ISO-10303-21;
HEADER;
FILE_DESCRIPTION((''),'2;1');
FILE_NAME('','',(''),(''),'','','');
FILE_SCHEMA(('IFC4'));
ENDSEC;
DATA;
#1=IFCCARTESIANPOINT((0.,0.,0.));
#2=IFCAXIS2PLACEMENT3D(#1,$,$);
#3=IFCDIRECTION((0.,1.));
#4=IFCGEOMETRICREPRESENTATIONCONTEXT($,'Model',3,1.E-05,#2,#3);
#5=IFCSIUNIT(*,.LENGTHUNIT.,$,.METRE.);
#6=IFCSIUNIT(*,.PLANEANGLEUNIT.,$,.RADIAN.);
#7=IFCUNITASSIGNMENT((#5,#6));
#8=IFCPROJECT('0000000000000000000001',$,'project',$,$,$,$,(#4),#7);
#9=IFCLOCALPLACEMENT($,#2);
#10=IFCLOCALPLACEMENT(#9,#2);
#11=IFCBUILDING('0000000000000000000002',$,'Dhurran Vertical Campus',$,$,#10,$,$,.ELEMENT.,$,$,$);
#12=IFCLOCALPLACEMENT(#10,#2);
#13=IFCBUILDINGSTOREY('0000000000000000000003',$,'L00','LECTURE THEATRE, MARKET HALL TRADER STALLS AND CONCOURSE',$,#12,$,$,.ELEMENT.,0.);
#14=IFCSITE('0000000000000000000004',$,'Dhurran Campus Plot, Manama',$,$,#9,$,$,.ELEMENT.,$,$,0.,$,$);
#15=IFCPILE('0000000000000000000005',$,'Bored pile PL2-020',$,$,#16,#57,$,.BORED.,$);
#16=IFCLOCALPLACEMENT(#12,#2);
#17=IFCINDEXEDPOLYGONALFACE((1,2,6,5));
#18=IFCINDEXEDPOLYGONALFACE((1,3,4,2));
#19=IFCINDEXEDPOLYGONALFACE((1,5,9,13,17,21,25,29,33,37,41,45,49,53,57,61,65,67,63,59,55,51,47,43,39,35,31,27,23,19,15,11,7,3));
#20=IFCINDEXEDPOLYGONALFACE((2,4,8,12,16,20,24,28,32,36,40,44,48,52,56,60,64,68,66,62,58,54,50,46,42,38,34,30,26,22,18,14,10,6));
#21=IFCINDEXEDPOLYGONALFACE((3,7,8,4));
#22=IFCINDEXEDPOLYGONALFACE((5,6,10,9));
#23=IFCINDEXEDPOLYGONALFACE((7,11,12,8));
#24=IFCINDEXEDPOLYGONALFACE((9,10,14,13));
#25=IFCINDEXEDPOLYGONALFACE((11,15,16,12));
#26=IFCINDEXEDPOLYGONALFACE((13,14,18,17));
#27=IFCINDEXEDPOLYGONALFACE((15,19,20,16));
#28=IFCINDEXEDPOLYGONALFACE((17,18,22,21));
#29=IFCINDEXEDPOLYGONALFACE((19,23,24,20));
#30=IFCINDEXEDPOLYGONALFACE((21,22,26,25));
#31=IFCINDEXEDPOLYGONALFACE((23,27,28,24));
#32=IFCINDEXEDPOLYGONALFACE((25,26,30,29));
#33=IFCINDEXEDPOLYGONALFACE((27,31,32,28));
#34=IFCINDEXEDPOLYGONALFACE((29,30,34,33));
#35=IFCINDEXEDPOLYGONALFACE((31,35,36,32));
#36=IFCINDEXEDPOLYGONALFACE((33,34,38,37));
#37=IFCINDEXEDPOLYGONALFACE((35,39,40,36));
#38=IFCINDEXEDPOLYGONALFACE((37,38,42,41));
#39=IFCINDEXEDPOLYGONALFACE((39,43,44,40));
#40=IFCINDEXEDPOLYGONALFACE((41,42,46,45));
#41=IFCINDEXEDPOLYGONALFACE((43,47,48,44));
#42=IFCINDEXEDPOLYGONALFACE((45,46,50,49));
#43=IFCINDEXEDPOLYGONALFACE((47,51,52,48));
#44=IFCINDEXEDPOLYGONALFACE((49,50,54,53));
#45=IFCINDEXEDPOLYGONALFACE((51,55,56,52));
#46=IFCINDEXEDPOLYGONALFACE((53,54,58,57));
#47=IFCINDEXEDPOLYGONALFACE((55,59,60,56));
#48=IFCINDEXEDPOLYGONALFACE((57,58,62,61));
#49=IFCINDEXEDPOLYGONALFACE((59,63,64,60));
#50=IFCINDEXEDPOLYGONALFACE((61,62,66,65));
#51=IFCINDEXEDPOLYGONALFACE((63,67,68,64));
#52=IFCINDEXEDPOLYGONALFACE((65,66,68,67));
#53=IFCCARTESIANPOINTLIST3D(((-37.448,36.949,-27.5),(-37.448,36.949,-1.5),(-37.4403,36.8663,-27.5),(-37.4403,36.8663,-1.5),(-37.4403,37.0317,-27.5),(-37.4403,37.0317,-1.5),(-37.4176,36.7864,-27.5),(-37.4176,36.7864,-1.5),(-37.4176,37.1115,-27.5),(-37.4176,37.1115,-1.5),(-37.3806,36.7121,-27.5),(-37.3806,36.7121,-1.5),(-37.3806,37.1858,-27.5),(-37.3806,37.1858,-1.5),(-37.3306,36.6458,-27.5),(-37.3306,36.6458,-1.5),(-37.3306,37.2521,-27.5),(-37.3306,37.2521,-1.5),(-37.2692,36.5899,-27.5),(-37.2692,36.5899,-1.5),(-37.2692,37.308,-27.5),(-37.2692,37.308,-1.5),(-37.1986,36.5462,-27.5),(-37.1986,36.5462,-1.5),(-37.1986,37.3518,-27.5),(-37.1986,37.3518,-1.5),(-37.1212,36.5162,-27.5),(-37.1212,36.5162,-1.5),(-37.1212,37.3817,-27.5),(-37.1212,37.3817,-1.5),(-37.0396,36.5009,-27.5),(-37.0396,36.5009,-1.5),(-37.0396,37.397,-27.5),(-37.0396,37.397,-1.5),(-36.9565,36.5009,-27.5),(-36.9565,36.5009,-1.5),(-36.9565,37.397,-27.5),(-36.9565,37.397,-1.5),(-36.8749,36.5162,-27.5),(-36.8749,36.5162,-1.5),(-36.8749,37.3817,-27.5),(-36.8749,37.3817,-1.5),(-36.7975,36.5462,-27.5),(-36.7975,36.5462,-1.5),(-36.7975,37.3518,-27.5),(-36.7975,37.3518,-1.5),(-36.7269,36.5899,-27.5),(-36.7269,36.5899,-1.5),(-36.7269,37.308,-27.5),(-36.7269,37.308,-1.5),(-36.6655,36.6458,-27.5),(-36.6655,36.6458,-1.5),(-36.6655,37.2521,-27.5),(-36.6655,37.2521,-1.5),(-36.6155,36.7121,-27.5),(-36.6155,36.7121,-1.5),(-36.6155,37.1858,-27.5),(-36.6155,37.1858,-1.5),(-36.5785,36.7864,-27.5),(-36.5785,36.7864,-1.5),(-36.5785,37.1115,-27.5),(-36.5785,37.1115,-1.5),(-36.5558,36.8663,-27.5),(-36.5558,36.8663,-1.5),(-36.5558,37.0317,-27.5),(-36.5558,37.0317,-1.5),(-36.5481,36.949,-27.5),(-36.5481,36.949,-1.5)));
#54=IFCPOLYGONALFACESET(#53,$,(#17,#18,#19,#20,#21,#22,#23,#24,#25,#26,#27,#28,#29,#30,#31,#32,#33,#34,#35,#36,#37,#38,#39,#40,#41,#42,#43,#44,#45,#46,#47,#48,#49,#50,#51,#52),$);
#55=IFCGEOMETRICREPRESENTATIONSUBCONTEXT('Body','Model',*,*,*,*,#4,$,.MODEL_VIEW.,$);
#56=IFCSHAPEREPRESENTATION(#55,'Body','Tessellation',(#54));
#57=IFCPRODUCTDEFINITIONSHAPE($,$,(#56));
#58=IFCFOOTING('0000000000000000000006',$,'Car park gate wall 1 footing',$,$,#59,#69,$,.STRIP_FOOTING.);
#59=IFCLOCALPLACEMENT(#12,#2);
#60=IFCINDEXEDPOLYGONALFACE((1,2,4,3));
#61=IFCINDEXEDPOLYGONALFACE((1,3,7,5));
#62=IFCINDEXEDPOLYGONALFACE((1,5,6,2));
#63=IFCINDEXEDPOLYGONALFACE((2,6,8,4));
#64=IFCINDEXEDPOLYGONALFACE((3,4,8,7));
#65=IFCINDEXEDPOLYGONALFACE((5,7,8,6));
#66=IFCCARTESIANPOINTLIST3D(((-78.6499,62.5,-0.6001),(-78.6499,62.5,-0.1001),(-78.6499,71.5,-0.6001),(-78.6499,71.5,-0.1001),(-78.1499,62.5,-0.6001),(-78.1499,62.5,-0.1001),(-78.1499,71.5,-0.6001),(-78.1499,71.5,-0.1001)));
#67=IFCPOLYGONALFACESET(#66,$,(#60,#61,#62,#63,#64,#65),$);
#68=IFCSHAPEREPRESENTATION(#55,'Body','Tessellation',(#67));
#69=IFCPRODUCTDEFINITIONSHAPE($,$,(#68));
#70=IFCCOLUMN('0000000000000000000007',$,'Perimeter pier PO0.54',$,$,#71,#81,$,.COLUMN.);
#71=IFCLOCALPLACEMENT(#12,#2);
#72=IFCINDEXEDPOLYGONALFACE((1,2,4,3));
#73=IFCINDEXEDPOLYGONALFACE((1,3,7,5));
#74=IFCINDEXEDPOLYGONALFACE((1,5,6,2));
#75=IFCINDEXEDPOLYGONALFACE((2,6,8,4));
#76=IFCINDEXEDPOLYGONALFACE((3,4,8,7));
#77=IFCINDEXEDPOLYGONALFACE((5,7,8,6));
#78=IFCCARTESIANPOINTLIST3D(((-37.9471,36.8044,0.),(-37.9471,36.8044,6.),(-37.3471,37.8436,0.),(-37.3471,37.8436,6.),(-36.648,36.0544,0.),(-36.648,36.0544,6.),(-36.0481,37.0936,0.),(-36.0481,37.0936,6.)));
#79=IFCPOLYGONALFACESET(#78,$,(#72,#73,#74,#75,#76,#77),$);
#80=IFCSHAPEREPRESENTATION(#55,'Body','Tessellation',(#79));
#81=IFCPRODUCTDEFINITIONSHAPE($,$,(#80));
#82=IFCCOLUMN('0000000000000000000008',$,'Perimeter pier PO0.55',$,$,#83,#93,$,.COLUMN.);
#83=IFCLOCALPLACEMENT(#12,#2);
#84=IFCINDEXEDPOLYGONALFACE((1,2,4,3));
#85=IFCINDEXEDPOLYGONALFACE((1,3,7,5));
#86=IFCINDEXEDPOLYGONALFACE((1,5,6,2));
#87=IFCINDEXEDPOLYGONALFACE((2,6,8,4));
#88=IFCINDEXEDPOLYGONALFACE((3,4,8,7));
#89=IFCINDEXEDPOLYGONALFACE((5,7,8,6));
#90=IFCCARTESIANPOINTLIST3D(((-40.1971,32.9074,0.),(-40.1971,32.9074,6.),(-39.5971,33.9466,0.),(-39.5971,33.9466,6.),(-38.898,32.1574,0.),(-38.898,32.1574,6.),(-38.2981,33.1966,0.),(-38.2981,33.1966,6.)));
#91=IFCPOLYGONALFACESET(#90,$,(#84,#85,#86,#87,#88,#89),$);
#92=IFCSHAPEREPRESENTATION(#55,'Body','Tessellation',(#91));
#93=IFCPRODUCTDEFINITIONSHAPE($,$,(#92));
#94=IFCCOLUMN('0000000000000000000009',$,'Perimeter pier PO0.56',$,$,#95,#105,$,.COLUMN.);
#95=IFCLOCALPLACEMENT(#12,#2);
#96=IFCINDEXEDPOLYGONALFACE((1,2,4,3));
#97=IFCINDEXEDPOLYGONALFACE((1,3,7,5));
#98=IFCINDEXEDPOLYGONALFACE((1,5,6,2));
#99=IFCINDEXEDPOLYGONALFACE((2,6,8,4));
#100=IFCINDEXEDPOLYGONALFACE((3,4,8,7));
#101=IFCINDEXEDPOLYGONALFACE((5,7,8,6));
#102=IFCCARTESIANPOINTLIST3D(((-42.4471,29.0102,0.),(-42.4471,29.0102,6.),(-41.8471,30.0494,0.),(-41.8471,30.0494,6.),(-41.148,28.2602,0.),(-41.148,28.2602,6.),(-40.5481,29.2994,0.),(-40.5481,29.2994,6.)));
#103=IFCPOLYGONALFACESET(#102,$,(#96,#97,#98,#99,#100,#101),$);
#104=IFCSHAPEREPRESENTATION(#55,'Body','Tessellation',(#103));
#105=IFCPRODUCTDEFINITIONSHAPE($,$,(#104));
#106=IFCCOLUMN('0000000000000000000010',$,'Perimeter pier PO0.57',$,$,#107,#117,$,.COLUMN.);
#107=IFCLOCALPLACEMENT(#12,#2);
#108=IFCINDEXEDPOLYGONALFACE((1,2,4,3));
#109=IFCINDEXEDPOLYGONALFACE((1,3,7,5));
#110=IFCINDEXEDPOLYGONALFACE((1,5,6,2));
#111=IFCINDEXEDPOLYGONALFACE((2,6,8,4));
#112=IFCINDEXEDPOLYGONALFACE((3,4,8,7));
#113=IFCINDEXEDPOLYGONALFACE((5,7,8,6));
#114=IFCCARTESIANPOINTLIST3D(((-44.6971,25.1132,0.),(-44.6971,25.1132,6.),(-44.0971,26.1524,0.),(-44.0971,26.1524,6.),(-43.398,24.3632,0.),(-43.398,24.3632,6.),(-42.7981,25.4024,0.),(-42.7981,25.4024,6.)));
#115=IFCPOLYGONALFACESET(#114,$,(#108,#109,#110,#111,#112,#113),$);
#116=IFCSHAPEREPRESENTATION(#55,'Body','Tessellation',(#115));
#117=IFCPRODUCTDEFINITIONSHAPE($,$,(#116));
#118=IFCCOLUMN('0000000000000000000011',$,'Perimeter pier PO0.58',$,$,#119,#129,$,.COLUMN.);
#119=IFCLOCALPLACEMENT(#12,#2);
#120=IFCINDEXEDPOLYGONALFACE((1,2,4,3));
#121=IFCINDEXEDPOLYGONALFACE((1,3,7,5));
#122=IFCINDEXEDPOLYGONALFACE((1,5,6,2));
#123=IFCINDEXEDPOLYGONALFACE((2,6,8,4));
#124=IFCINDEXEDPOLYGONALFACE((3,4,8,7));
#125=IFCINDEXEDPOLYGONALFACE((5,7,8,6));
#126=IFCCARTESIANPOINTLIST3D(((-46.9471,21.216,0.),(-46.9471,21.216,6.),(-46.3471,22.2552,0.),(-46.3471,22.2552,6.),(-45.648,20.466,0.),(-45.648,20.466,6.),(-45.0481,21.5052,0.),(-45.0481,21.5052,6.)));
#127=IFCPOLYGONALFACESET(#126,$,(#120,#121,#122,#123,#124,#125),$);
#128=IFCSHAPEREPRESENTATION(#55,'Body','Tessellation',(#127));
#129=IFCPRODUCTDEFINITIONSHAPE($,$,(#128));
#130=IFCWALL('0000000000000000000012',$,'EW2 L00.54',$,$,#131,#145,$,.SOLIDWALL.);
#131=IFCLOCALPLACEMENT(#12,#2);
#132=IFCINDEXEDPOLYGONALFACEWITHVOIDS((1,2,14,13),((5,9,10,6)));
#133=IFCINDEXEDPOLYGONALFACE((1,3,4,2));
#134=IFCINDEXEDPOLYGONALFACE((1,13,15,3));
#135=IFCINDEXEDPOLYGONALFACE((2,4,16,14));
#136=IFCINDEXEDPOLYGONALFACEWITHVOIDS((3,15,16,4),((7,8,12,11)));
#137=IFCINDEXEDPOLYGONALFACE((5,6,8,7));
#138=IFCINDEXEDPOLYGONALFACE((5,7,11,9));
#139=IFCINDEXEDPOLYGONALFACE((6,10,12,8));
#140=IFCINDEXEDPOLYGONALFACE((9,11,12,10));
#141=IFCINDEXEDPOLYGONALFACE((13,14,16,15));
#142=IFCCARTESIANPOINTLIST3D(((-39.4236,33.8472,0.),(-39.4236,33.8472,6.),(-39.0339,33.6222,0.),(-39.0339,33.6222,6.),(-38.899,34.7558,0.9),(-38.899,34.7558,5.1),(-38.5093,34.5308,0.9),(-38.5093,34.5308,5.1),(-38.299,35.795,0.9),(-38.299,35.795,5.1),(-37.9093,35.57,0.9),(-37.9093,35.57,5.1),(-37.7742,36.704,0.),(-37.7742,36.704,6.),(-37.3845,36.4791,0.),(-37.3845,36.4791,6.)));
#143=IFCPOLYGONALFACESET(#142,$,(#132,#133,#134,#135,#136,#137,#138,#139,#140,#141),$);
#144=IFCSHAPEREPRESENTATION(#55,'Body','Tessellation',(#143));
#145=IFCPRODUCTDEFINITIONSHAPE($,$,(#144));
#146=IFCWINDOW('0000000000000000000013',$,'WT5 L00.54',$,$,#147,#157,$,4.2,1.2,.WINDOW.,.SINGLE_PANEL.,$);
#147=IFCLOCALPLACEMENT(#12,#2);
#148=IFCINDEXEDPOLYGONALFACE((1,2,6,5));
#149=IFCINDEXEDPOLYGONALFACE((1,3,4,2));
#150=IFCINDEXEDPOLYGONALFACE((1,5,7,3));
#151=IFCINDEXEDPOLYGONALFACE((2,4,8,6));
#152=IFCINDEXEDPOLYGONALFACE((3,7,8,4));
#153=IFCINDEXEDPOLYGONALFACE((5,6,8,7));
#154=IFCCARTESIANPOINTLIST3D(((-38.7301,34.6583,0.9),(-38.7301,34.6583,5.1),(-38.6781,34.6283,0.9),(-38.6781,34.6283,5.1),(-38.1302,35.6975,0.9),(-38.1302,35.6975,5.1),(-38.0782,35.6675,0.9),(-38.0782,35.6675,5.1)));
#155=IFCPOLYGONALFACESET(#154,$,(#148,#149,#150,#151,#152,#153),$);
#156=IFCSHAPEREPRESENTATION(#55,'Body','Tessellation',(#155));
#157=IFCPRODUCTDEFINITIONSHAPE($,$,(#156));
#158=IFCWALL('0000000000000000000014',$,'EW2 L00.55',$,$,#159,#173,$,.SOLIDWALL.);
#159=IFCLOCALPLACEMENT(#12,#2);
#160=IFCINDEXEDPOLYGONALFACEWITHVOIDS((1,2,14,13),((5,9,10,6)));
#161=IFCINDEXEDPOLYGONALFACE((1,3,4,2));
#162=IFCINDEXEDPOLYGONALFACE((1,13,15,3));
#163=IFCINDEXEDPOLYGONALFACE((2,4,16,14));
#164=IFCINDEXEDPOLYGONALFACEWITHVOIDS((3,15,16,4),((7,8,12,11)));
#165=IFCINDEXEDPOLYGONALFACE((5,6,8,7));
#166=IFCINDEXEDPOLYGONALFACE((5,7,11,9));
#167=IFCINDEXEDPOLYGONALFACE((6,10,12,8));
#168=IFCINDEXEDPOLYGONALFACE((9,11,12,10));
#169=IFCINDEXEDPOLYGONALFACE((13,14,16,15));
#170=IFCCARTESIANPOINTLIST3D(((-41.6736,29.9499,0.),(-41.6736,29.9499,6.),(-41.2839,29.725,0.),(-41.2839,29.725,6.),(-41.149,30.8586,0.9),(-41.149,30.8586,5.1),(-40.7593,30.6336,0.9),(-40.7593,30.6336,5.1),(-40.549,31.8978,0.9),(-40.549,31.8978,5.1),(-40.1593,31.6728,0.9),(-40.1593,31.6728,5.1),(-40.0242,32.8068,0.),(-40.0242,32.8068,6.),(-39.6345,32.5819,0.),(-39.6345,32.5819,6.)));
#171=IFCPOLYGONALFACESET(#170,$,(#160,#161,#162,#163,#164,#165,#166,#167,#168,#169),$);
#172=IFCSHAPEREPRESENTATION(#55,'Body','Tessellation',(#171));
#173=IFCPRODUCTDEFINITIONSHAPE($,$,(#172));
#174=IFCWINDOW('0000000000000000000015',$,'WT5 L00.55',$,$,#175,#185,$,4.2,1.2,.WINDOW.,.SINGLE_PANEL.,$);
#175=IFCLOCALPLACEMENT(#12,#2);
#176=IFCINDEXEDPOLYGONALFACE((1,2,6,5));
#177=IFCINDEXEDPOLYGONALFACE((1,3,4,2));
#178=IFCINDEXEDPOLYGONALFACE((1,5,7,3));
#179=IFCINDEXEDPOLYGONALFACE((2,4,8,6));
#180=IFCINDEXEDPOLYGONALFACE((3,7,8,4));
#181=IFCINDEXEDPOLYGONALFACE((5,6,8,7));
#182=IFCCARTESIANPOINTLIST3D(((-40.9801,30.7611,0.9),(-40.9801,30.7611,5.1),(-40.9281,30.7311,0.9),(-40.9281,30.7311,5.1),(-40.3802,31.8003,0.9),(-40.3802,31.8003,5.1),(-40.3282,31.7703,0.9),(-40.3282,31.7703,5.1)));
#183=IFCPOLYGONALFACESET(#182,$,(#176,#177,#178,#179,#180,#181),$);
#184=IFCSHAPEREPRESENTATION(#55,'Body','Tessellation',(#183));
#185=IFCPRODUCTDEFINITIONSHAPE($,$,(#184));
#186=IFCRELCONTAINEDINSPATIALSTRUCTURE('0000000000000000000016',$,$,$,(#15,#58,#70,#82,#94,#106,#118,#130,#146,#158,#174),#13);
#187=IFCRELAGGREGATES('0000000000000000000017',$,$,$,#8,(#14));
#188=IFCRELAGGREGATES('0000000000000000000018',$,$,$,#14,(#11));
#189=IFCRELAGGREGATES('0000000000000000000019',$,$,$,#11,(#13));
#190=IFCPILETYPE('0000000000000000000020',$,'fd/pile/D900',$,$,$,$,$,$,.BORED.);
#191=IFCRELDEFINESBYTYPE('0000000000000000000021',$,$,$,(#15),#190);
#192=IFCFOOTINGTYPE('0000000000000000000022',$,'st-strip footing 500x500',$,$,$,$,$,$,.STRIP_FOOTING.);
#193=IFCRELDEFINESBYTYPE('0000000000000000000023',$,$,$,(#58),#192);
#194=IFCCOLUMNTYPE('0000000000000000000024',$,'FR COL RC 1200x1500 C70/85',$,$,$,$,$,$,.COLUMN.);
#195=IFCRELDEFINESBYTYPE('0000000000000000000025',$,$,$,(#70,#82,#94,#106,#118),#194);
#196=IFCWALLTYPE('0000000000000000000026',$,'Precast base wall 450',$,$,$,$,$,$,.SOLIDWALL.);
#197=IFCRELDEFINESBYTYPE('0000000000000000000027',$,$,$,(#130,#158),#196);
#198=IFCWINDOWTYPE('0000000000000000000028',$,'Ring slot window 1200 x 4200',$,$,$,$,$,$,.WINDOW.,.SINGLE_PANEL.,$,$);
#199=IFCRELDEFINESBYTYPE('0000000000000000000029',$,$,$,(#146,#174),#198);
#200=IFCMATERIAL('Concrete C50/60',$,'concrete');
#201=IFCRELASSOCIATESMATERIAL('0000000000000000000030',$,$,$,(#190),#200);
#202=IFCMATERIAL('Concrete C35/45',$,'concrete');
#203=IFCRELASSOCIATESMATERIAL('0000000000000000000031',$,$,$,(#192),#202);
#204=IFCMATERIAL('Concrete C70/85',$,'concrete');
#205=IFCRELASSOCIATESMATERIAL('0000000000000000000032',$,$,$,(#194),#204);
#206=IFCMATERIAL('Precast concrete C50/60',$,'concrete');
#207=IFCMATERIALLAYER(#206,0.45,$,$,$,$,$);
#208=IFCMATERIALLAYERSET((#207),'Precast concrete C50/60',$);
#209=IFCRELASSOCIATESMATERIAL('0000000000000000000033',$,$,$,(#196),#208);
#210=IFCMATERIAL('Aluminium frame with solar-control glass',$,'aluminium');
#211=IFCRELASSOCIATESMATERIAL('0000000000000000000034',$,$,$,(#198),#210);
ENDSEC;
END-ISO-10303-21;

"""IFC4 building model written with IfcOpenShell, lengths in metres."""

from ifc_helpers import new_model, si_unit, direction, frame, frame_2d, origin, origin_2d, place, context, subcontext, project, spatial, rectangle, circle, extrude, material, layer, layer_set, material_profile, profile_set, type_object, element, fill, save


model = new_model("IFC4")

# Units and contexts
model_context = context("Model", 3, precision=1e-05, world=origin(), true_north=direction((0.0, 1.0)))
body_context = subcontext(model_context, "Body", "Model", "MODEL_VIEW")
ifc_project = project(units=[si_unit("LENGTHUNIT", "METRE"), si_unit("PLANEANGLEUNIT", "RADIAN")], contexts=[model_context])

# Site, building, storey
site_placement = place(None, origin())
site = spatial("IfcSite", under=ifc_project, at=site_placement, Name="Dhurran Campus Plot, Manama", CompositionType="ELEMENT", RefElevation=0.0)
building_placement = place(site_placement, origin())
building = spatial("IfcBuilding", under=site, at=building_placement, Name="Dhurran Vertical Campus", CompositionType="ELEMENT")
storey_placement = place(building_placement, origin())
storey = spatial("IfcBuildingStorey", under=building, at=storey_placement, Name="L00", Description="LECTURE THEATRE, MARKET HALL TRADER STALLS AND CONCOURSE", CompositionType="ELEMENT", Elevation=0.0)

# Pile
ifc_material_1 = material(Name="Concrete C50/60", Category="concrete")
ifc_material_profile_1 = material_profile(ifc_material_1, circle(Radius=0.45, at=origin_2d()), Name="fd/pile/D900")
ifc_profile_set_1 = profile_set([ifc_material_profile_1], Name="Concrete C50/60")
pile_type = type_object("IfcPileType", Name="fd/pile/D900", PredefinedType="BORED", material=ifc_profile_set_1)
for number, where, z_axis, x_axis, name in (
    (1, (-36.998, 36.949, -1.5), (0.0, 0.0, -1.0), (1.0, 0.0, 0.0), "Bored pile PL2-020"),
):
    element("IfcPile", number, at=place(storey_placement, frame(where, z_axis=z_axis, x_axis=x_axis)), inside=storey, type_object=pile_type, Name=name, PredefinedType="BORED", context=body_context, shape_type="SweptSolid", body=[
        extrude(circle(Radius=0.45, at=origin_2d()), origin(), (0.0, 0.0, 1.0), 26.0),
    ])

# Footing
ifc_material_2 = material(Name="Concrete C35/45", Category="concrete")
ifc_material_profile_2 = material_profile(ifc_material_2, rectangle(XDim=0.5, YDim=0.5, at=origin_2d()), Name="st-strip footing 500x500")
ifc_profile_set_2 = profile_set([ifc_material_profile_2], Name="Concrete C35/45")
footing_type = type_object("IfcFootingType", Name="st-strip footing 500x500", PredefinedType="STRIP_FOOTING", material=ifc_profile_set_2)
footing_placement = place(storey_placement, frame((-78.3999, 62.5, -0.3501), z_axis=(0.0, 1.0, 0.0), x_axis=(-1.0, 0.0, 0.0)))
element("IfcFooting", 2, at=footing_placement, inside=storey, type_object=footing_type, Name="Car park gate wall 1 footing", PredefinedType="STRIP_FOOTING", context=body_context, shape_type="SweptSolid", body=[
    extrude(rectangle(XDim=0.5, YDim=0.5, at=origin_2d()), origin(), (0.0, 0.0, 1.0), 9.0),
])

# Columns
ifc_material_3 = material(Name="Concrete C70/85", Category="concrete")
ifc_material_profile_3 = material_profile(ifc_material_3, rectangle(XDim=1.2, YDim=1.5, at=origin_2d()), Name="RC 1200x1500")
ifc_profile_set_3 = profile_set([ifc_material_profile_3], Name="Concrete C70/85")
column_type = type_object("IfcColumnType", Name="FR COL RC 1200x1500 C70/85", PredefinedType="COLUMN", material=ifc_profile_set_3)
for number, where, z_axis, x_axis, name in (
    (3, (-36.9976, 36.949, 0.0), (0.0, 0.0, 1.0), (-0.5, -0.866025, 0.0), "Perimeter pier PO0.54"),
    (4, (-39.2476, 33.052, 0.0), (0.0, 0.0, 1.0), (-0.5, -0.866025, 0.0), "Perimeter pier PO0.55"),
    (5, (-41.4976, 29.1548, 0.0), (0.0, 0.0, 1.0), (-0.5, -0.866025, 0.0), "Perimeter pier PO0.56"),
    (6, (-43.7476, 25.2578, 0.0), (0.0, 0.0, 1.0), (-0.5, -0.866025, 0.0), "Perimeter pier PO0.57"),
    (7, (-45.9976, 21.3606, 0.0), (0.0, 0.0, 1.0), (-0.5, -0.866025, 0.0), "Perimeter pier PO0.58"),
):
    element("IfcColumn", number, at=place(storey_placement, frame(where, z_axis=z_axis, x_axis=x_axis)), inside=storey, type_object=column_type, Name=name, PredefinedType="COLUMN", context=body_context, shape_type="SweptSolid", body=[
        extrude(rectangle(XDim=1.2, YDim=1.5, at=origin_2d()), origin(), (0.0, 0.0, 1.0), 6.0),
    ])

# Walls, openings, windows
ifc_material_4 = material(Name="Precast concrete C50/60", Category="concrete")
ifc_layer_1 = layer(ifc_material_4, 0.45)
ifc_layer_set_1 = layer_set([ifc_layer_1], Name="Precast concrete C50/60")
wall_type_1 = type_object("IfcWallType", Name="Precast base wall 450", PredefinedType="SOLIDWALL", material=ifc_layer_set_1)
wall_1_placement = place(storey_placement, frame((-37.5793, 36.5916, 0.0), z_axis=(0.0, 0.0, 1.0), x_axis=(-0.499992, -0.86603, 0.0)))
wall_1 = element("IfcWall", 8, at=wall_1_placement, inside=storey, type_object=wall_type_1, Name="EW2 L00.54", PredefinedType="SOLIDWALL", context=body_context, shape_type="SweptSolid", body=[
    extrude(rectangle(XDim=3.2988, YDim=0.45, at=frame_2d((1.6494, 0.0))), origin(), (0.0, 0.0, 1.0), 6.0),
])
opening_1_placement = place(wall_1_placement, frame((1.0496, 0.0, 0.8999)))
opening_1 = element("IfcOpeningElement", 9, at=opening_1_placement, cuts=wall_1, PredefinedType="OPENING", context=body_context, shape_type="SweptSolid", body=[
    extrude(rectangle(XDim=1.2, YDim=4.2, at=frame_2d((0.6001, 2.1001))), frame((0.0, 0.2349, 0.0), z_axis=(0.0, -1.0, 0.0), x_axis=(1.0, 0.0, 0.0)), (0.0, 0.0, 1.0), 0.47),
])
ifc_material_5 = material(Name="Aluminium frame with solar-control glass", Category="aluminium")
window_type = type_object("IfcWindowType", Name="Ring slot window 1200 x 4200", PartitioningType="SINGLE_PANEL", PredefinedType="WINDOW", material=ifc_material_5)
window_1_placement = place(opening_1_placement, origin())
window_1 = element("IfcWindow", 10, at=window_1_placement, inside=storey, type_object=window_type, Name="WT5 L00.54", OverallHeight=4.2, OverallWidth=1.2, PartitioningType="SINGLE_PANEL", PredefinedType="WINDOW", context=body_context, shape_type="SweptSolid", body=[
    extrude(rectangle(XDim=1.2, YDim=4.2, at=frame_2d((0.6001, 2.1001))), frame((0.0, 0.03, 0.0), z_axis=(0.0, -1.0, 0.0), x_axis=(1.0, 0.0, 0.0)), (0.0, 0.0, 1.0), 0.0601),
])
fill(opening_1, window_1)
wall_2_placement = place(storey_placement, frame((-39.8293, 32.6943, 0.0), z_axis=(0.0, 0.0, 1.0), x_axis=(-0.499992, -0.86603, 0.0)))
wall_2 = element("IfcWall", 11, at=wall_2_placement, inside=storey, type_object=wall_type_1, Name="EW2 L00.55", PredefinedType="SOLIDWALL", context=body_context, shape_type="SweptSolid", body=[
    extrude(rectangle(XDim=3.2988, YDim=0.45, at=frame_2d((1.6494, 0.0))), origin(), (0.0, 0.0, 1.0), 6.0),
])
opening_2_placement = place(wall_2_placement, frame((1.0496, 0.0, 0.8999)))
opening_2 = element("IfcOpeningElement", 12, at=opening_2_placement, cuts=wall_2, PredefinedType="OPENING", context=body_context, shape_type="SweptSolid", body=[
    extrude(rectangle(XDim=1.2, YDim=4.2, at=frame_2d((0.6001, 2.1001))), frame((0.0, 0.2349, 0.0), z_axis=(0.0, -1.0, 0.0), x_axis=(1.0, 0.0, 0.0)), (0.0, 0.0, 1.0), 0.47),
])
window_2_placement = place(opening_2_placement, origin())
window_2 = element("IfcWindow", 13, at=window_2_placement, inside=storey, type_object=window_type, Name="WT5 L00.55", OverallHeight=4.2, OverallWidth=1.2, PartitioningType="SINGLE_PANEL", PredefinedType="WINDOW", context=body_context, shape_type="SweptSolid", body=[
    extrude(rectangle(XDim=1.2, YDim=4.2, at=frame_2d((0.6001, 2.1001))), frame((0.0, 0.03, 0.0), z_axis=(0.0, -1.0, 0.0), x_axis=(1.0, 0.0, 0.0)), (0.0, 0.0, 1.0), 0.0601),
])
fill(opening_2, window_2)

save(model, "model.ifc")
